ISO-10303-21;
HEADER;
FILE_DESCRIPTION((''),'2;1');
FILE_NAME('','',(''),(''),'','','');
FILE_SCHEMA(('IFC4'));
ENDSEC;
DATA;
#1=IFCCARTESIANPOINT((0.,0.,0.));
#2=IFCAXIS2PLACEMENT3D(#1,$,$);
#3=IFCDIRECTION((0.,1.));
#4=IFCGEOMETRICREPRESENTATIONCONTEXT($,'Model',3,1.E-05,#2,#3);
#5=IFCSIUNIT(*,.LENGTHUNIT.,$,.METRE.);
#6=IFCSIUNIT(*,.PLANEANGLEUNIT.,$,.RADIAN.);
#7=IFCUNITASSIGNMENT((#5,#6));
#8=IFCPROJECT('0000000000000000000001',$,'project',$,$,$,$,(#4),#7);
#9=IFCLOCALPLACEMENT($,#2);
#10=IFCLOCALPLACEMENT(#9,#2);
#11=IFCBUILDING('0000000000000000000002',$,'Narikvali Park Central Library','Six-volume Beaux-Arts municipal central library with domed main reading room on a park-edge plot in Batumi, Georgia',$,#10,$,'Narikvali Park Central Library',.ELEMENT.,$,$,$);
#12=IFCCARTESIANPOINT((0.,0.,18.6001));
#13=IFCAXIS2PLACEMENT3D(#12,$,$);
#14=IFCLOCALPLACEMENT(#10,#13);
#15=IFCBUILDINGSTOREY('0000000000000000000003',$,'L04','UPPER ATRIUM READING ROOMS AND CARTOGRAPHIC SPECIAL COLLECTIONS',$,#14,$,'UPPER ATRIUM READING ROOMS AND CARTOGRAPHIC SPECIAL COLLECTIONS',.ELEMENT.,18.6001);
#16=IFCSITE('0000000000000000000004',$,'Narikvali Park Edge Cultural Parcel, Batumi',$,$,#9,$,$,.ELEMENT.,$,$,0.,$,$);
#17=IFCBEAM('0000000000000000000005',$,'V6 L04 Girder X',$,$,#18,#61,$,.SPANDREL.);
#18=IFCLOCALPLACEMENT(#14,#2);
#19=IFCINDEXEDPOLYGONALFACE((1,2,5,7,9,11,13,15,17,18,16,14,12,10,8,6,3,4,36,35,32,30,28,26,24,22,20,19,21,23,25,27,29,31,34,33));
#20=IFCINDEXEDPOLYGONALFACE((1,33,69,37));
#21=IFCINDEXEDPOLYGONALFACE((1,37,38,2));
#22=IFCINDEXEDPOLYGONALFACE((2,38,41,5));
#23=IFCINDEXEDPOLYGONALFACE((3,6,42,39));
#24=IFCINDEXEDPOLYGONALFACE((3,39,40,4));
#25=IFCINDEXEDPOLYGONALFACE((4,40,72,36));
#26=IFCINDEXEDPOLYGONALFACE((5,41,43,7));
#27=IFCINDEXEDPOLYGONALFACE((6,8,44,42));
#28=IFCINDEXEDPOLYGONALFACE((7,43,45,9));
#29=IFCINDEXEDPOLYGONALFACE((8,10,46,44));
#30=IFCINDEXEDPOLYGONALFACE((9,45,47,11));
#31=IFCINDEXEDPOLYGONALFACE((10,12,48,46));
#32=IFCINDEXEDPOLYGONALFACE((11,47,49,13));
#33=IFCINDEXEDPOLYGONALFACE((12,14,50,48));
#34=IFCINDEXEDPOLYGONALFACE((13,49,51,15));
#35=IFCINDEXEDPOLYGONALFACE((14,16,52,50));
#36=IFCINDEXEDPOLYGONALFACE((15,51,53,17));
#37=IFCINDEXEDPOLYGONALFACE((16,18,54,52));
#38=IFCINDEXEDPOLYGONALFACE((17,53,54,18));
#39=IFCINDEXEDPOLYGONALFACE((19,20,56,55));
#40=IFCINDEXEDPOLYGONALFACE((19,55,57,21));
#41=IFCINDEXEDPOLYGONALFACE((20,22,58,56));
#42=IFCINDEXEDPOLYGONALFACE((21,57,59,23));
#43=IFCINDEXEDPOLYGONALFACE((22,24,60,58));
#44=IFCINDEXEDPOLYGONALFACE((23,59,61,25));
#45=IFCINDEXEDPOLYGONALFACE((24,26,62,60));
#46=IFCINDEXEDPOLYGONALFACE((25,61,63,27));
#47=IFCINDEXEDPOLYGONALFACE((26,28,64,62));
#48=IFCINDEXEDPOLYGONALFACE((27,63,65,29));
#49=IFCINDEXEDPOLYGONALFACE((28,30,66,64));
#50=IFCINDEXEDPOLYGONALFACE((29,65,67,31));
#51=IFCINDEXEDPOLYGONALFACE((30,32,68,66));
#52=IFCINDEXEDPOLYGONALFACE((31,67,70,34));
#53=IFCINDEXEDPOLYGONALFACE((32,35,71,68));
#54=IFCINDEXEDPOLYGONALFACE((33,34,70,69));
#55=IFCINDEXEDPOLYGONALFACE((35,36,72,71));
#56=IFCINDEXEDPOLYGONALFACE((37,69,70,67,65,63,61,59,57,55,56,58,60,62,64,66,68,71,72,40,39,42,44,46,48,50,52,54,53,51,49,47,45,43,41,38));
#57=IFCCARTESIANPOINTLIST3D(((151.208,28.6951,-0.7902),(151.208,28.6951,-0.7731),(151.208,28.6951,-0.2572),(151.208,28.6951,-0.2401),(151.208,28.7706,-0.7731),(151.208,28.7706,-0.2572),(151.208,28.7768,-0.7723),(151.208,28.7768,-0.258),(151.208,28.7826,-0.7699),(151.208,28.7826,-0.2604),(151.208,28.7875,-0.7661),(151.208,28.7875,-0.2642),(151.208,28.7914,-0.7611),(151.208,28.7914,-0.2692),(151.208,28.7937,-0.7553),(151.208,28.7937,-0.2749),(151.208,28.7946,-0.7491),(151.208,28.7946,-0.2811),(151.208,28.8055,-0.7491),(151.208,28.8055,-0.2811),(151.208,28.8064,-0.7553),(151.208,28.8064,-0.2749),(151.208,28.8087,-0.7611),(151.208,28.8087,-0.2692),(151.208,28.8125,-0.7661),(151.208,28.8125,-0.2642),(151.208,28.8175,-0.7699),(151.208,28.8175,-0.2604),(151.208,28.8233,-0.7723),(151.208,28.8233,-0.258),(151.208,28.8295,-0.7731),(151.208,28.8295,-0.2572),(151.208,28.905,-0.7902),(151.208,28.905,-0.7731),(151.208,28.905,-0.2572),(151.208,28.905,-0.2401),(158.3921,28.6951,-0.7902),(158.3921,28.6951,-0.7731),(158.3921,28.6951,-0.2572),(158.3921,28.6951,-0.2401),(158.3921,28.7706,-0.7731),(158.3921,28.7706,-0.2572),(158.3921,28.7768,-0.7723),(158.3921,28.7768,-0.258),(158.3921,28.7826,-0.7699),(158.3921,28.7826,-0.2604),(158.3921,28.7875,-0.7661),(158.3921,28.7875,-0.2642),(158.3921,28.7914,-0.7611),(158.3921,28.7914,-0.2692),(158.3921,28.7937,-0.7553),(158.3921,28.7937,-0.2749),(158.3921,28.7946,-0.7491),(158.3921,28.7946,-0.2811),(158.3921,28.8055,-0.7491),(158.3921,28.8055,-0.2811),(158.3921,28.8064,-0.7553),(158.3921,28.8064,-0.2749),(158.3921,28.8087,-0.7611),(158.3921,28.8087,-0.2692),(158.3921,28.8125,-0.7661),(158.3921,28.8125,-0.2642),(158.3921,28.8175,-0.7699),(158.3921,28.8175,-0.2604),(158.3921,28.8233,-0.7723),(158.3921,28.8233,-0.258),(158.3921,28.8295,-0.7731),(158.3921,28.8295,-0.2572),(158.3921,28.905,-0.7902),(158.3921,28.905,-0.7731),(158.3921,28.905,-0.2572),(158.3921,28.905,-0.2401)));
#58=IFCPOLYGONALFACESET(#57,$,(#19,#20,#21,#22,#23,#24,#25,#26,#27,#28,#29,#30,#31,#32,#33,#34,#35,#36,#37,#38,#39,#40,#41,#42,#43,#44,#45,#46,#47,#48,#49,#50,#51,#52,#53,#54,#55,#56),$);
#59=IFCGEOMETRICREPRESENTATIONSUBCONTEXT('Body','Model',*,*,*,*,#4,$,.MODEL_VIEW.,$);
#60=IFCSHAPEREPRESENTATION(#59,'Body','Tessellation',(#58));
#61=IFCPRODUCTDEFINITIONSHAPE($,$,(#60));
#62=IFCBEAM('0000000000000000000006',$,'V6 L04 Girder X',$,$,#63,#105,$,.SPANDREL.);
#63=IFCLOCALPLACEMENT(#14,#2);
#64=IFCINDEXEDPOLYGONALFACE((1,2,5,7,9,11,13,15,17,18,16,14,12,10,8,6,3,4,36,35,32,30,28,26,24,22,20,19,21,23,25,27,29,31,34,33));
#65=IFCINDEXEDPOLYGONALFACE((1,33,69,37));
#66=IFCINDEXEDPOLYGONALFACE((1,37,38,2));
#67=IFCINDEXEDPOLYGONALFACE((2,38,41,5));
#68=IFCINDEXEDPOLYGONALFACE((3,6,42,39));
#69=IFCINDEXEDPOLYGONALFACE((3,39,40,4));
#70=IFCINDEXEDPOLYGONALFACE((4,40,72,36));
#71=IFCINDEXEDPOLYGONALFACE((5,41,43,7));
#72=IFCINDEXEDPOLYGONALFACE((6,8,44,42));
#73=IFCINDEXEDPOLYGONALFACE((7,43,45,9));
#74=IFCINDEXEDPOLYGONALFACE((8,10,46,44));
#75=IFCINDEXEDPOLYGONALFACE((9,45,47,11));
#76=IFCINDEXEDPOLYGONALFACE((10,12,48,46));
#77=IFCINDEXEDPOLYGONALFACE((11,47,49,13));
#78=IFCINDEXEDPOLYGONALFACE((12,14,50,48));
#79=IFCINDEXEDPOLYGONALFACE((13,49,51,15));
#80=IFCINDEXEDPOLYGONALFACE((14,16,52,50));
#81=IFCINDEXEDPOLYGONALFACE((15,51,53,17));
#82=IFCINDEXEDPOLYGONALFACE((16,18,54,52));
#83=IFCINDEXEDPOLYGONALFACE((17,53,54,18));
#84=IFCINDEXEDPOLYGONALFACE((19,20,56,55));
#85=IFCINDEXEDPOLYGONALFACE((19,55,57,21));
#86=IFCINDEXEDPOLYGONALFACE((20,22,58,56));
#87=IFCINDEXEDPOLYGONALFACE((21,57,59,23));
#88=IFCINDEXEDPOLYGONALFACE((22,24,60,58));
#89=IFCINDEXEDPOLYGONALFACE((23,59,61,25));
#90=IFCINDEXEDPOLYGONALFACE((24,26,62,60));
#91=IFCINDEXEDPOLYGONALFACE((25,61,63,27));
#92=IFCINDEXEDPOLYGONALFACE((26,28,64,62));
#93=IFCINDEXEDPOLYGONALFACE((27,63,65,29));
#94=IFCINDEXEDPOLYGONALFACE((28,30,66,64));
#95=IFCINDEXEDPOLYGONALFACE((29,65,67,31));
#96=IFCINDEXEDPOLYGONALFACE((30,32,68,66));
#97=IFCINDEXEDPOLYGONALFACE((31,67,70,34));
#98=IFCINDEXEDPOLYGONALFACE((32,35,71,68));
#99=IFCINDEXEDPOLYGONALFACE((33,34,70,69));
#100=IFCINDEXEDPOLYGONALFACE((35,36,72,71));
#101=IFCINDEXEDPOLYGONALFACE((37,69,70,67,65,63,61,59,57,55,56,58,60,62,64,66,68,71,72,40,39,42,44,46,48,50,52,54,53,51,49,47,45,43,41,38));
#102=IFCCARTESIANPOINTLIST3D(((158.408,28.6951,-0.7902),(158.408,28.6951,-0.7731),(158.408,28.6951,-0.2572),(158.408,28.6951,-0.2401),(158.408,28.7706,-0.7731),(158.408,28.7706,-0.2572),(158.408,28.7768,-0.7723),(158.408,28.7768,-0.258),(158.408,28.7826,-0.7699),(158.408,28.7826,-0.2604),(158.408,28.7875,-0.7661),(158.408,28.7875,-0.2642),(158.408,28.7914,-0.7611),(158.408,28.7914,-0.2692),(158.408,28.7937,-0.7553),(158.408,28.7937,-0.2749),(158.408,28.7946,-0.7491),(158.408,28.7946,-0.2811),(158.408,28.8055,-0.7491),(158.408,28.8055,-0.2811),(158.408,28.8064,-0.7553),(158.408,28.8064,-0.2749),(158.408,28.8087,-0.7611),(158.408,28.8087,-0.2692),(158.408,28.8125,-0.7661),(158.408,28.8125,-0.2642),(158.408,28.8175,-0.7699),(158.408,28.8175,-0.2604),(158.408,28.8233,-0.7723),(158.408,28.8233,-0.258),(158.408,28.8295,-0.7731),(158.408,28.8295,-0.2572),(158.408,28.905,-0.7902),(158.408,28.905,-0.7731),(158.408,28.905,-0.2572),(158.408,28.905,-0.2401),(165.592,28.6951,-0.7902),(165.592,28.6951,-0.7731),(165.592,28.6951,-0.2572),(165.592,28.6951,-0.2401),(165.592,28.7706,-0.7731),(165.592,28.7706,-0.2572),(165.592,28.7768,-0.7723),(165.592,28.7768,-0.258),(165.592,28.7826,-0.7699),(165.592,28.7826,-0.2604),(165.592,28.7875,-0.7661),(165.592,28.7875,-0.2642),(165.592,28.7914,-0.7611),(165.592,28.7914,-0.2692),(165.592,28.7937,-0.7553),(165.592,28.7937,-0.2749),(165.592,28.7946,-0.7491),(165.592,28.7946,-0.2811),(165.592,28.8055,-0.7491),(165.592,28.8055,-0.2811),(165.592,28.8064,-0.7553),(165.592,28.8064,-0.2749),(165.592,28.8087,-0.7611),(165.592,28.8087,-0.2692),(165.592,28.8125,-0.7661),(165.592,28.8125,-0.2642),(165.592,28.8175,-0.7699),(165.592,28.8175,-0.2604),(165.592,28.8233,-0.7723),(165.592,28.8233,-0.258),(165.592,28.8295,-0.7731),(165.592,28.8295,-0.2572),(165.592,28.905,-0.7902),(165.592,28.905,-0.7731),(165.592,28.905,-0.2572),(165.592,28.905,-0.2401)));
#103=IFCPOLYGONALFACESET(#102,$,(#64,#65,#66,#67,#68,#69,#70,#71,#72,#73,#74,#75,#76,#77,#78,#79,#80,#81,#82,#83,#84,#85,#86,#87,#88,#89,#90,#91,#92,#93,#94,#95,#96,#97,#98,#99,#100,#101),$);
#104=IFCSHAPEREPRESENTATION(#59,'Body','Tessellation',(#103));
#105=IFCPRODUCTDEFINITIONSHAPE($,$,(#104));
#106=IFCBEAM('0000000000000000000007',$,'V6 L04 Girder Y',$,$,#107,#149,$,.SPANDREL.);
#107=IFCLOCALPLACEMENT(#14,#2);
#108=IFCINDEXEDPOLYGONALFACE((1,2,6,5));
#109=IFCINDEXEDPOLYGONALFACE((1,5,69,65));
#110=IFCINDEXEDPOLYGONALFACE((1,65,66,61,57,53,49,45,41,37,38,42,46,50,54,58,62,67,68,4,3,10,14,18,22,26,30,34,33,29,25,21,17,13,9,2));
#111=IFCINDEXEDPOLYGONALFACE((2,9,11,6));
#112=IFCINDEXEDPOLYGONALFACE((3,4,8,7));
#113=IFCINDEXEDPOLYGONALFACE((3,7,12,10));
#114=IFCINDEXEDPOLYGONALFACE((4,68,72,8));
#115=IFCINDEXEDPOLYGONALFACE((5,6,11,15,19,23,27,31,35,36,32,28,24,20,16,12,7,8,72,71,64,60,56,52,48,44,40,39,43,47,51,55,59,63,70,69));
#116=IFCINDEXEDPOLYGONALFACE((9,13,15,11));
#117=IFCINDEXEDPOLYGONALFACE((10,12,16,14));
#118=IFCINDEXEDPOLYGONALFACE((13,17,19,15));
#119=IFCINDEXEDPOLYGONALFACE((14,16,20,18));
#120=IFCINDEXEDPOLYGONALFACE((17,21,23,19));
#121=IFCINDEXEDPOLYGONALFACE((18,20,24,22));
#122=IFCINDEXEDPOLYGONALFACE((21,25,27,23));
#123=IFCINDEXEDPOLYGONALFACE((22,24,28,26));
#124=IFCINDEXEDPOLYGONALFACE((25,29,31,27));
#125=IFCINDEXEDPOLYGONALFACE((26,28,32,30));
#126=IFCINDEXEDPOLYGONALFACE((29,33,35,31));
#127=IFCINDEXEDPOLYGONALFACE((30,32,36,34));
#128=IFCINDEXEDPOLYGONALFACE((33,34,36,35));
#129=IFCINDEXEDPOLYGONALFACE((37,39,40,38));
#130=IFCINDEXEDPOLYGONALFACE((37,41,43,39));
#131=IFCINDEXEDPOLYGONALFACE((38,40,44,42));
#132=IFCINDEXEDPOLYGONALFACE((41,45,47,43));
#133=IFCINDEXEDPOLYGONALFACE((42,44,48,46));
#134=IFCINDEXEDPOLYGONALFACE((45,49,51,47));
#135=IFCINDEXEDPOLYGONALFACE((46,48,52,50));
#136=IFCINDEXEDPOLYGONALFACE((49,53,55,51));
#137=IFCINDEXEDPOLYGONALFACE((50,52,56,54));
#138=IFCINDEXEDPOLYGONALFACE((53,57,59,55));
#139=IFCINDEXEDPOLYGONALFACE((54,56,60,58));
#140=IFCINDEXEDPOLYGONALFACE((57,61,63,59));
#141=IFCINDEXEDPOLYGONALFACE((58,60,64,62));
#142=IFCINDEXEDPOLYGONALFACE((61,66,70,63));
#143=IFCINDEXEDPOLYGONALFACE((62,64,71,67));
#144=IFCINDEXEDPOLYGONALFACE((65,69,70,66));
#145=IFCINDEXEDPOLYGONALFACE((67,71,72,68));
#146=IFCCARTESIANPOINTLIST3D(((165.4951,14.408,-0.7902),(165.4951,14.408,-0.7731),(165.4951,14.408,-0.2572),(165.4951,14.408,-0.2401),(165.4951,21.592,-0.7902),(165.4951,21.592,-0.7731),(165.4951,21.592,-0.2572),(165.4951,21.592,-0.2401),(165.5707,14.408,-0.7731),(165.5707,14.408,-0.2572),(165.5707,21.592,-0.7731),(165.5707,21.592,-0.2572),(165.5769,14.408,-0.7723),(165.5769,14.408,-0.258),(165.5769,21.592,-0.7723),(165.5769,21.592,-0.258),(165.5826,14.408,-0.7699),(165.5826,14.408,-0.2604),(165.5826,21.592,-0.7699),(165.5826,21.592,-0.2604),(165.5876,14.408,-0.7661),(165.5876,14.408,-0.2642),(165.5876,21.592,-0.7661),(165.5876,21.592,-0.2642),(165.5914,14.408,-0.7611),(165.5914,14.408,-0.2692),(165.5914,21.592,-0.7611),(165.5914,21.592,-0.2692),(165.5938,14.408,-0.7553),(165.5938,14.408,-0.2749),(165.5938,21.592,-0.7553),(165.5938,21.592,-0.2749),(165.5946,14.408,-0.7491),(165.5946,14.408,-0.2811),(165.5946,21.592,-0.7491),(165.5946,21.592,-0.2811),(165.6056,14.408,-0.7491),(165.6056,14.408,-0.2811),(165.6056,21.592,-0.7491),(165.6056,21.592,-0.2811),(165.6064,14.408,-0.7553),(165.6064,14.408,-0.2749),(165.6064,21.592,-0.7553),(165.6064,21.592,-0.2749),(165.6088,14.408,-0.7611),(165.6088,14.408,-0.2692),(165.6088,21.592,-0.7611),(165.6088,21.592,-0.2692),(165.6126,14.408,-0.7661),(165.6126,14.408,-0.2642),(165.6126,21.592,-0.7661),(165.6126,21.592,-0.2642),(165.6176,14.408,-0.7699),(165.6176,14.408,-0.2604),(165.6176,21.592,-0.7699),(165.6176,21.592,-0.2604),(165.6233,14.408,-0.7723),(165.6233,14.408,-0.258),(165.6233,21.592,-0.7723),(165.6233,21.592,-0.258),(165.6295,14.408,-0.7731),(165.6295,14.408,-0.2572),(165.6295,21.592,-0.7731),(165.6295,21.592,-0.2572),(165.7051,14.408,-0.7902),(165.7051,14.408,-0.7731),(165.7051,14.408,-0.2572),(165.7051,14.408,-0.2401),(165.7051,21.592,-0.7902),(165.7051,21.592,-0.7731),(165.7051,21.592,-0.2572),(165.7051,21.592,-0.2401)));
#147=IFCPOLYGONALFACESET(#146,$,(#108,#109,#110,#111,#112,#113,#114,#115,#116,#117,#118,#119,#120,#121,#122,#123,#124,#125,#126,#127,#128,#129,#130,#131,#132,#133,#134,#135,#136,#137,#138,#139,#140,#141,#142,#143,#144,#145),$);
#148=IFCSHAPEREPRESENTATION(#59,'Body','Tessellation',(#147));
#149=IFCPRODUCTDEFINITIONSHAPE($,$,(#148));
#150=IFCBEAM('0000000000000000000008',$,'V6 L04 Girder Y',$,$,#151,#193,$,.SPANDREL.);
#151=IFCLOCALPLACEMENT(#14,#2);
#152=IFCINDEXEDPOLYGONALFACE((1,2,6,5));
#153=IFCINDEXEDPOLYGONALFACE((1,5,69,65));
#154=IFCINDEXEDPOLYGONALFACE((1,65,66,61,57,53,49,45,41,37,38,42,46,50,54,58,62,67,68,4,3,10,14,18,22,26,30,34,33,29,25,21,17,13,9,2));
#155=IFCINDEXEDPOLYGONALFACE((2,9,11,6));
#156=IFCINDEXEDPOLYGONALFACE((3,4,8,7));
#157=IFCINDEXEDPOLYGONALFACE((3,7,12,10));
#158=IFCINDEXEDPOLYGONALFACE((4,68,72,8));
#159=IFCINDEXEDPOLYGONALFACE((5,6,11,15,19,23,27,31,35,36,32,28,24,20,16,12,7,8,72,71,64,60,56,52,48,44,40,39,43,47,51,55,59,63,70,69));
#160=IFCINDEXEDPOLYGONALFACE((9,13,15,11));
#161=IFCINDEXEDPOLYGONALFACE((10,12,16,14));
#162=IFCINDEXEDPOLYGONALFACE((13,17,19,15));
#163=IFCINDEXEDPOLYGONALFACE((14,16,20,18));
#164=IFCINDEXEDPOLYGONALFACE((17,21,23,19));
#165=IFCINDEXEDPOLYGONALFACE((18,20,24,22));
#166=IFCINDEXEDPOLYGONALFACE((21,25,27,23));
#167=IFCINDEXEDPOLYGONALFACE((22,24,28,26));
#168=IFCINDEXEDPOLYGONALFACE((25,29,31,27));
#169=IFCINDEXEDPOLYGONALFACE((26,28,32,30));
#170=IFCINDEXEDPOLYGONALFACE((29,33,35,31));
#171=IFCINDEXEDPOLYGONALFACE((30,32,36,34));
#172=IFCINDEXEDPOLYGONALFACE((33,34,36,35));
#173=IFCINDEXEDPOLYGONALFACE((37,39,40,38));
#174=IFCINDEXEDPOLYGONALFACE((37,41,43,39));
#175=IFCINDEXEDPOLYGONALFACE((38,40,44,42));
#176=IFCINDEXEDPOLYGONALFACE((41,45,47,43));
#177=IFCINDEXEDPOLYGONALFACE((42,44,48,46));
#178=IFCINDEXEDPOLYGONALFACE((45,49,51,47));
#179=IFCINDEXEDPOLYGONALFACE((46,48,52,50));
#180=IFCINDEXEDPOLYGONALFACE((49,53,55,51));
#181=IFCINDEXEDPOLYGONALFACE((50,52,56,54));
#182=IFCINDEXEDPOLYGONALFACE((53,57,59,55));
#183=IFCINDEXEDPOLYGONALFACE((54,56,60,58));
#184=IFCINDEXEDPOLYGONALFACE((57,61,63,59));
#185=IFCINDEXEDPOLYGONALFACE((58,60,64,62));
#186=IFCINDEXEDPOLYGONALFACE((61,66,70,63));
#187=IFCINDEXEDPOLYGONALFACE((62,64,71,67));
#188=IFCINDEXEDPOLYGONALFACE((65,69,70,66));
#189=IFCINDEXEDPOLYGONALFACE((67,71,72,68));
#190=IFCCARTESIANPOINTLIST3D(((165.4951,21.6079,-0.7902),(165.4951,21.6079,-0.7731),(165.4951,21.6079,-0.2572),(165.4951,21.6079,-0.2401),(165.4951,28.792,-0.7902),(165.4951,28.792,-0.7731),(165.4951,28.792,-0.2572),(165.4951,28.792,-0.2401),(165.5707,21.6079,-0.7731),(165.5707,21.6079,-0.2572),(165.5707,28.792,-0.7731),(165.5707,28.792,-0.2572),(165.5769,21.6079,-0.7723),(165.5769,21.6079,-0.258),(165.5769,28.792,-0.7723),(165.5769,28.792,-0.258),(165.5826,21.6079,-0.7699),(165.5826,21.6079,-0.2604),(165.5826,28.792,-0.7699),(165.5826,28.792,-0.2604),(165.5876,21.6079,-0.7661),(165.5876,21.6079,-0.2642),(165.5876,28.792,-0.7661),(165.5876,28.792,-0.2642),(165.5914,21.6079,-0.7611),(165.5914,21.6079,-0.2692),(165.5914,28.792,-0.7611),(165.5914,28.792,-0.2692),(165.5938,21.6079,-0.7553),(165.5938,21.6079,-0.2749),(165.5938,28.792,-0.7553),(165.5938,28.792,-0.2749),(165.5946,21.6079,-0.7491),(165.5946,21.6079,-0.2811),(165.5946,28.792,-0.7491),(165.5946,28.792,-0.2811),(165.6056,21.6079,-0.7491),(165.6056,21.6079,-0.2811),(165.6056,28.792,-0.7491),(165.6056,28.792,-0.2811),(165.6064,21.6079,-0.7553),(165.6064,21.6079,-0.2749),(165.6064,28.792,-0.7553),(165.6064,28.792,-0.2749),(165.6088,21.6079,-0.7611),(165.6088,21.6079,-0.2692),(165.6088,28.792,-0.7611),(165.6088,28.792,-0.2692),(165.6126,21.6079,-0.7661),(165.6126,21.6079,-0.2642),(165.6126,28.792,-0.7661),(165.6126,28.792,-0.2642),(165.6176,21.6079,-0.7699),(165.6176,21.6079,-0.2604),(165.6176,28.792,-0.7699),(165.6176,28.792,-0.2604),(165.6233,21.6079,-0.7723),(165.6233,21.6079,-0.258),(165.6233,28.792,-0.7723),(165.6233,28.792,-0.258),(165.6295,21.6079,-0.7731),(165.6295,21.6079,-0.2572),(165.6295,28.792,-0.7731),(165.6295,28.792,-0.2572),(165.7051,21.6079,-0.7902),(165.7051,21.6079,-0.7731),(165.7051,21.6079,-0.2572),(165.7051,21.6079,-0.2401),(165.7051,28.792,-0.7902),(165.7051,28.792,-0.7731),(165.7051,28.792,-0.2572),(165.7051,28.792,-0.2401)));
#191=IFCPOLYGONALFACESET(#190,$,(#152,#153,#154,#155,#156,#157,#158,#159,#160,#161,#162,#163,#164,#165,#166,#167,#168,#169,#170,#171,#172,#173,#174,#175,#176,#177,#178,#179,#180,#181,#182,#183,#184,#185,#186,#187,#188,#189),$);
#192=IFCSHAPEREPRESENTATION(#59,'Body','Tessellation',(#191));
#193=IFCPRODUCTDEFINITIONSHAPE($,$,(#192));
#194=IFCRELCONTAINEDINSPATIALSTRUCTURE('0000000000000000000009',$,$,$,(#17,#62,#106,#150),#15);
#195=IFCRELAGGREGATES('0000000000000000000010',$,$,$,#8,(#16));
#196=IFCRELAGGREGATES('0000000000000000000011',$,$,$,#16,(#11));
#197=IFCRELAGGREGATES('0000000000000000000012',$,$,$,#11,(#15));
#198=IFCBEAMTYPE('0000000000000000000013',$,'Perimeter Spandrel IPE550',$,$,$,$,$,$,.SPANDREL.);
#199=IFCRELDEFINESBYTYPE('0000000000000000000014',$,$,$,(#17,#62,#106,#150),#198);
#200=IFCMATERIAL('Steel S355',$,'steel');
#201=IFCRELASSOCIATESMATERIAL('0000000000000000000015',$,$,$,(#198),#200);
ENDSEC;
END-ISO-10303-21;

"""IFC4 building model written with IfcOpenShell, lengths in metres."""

from ifc_helpers import new_model, si_unit, direction, frame, origin, origin_2d, place, context, subcontext, project, spatial, i_section, extrude, material, material_profile, profile_set, type_object, element, save


model = new_model("IFC4")

# Units and contexts
model_context = context("Model", 3, precision=1e-05, world=origin(), true_north=direction((0.0, 1.0)))
body_context = subcontext(model_context, "Body", "Model", "MODEL_VIEW")
ifc_project = project(units=[si_unit("LENGTHUNIT", "METRE"), si_unit("PLANEANGLEUNIT", "RADIAN")], contexts=[model_context])

# Site, building, storey
site_placement = place(None, origin())
site = spatial("IfcSite", under=ifc_project, at=site_placement, Name="Narikvali Park Edge Cultural Parcel, Batumi", CompositionType="ELEMENT", RefElevation=0.0)
building_placement = place(site_placement, origin())
building = spatial("IfcBuilding", under=site, at=building_placement, Name="Narikvali Park Central Library", Description="Six-volume Beaux-Arts municipal central library with domed main reading room on a park-edge plot in Batumi, Georgia", LongName="Narikvali Park Central Library", CompositionType="ELEMENT")
storey_placement = place(building_placement, frame((0.0, 0.0, 18.6001)))
storey = spatial("IfcBuildingStorey", under=building, at=storey_placement, Name="L04", Description="UPPER ATRIUM READING ROOMS AND CARTOGRAPHIC SPECIAL COLLECTIONS", LongName="UPPER ATRIUM READING ROOMS AND CARTOGRAPHIC SPECIAL COLLECTIONS", CompositionType="ELEMENT", Elevation=18.6001)

# Shared definitions
ifc_material_1 = material(Name="Steel S355", Category="steel")

# Beams
ifc_material_profile_1 = material_profile(ifc_material_1, i_section(OverallWidth=0.21, OverallDepth=0.55, WebThickness=0.011, FlangeThickness=0.0171, FilletRadius=0.0239, at=origin_2d()), Name="IPE 550")
ifc_profile_set_1 = profile_set([ifc_material_profile_1], Name="Steel S355")
beam_type_1 = type_object("IfcBeamType", Name="Perimeter Spandrel IPE550", PredefinedType="SPANDREL", material=ifc_profile_set_1)
for number, where, z_axis, x_axis, name in (
    (1, (151.208, 28.8, -0.5151), (1.0, 0.0, 0.0), (0.0, 1.0, 0.0), "V6 L04 Girder X"),
    (2, (158.408, 28.8, -0.5151), (1.0, 0.0, 0.0), (0.0, 1.0, 0.0), "V6 L04 Girder X"),
    (3, (165.6001, 14.408, -0.5151), (0.0, 1.0, 0.0), (-1.0, 0.0, 0.0), "V6 L04 Girder Y"),
    (4, (165.6001, 21.6079, -0.5151), (0.0, 1.0, 0.0), (-1.0, 0.0, 0.0), "V6 L04 Girder Y"),
):
    element("IfcBeam", number, at=place(storey_placement, frame(where, z_axis=z_axis, x_axis=x_axis)), inside=storey, type_object=beam_type_1, Name=name, PredefinedType="SPANDREL", context=body_context, shape_type="SweptSolid", body=[
        extrude(i_section(OverallWidth=0.21, OverallDepth=0.55, WebThickness=0.011, FlangeThickness=0.0171, FilletRadius=0.0239, at=origin_2d()), origin(), (0.0, 0.0, 1.0), 7.1841),
    ])

save(model, "model.ifc")
